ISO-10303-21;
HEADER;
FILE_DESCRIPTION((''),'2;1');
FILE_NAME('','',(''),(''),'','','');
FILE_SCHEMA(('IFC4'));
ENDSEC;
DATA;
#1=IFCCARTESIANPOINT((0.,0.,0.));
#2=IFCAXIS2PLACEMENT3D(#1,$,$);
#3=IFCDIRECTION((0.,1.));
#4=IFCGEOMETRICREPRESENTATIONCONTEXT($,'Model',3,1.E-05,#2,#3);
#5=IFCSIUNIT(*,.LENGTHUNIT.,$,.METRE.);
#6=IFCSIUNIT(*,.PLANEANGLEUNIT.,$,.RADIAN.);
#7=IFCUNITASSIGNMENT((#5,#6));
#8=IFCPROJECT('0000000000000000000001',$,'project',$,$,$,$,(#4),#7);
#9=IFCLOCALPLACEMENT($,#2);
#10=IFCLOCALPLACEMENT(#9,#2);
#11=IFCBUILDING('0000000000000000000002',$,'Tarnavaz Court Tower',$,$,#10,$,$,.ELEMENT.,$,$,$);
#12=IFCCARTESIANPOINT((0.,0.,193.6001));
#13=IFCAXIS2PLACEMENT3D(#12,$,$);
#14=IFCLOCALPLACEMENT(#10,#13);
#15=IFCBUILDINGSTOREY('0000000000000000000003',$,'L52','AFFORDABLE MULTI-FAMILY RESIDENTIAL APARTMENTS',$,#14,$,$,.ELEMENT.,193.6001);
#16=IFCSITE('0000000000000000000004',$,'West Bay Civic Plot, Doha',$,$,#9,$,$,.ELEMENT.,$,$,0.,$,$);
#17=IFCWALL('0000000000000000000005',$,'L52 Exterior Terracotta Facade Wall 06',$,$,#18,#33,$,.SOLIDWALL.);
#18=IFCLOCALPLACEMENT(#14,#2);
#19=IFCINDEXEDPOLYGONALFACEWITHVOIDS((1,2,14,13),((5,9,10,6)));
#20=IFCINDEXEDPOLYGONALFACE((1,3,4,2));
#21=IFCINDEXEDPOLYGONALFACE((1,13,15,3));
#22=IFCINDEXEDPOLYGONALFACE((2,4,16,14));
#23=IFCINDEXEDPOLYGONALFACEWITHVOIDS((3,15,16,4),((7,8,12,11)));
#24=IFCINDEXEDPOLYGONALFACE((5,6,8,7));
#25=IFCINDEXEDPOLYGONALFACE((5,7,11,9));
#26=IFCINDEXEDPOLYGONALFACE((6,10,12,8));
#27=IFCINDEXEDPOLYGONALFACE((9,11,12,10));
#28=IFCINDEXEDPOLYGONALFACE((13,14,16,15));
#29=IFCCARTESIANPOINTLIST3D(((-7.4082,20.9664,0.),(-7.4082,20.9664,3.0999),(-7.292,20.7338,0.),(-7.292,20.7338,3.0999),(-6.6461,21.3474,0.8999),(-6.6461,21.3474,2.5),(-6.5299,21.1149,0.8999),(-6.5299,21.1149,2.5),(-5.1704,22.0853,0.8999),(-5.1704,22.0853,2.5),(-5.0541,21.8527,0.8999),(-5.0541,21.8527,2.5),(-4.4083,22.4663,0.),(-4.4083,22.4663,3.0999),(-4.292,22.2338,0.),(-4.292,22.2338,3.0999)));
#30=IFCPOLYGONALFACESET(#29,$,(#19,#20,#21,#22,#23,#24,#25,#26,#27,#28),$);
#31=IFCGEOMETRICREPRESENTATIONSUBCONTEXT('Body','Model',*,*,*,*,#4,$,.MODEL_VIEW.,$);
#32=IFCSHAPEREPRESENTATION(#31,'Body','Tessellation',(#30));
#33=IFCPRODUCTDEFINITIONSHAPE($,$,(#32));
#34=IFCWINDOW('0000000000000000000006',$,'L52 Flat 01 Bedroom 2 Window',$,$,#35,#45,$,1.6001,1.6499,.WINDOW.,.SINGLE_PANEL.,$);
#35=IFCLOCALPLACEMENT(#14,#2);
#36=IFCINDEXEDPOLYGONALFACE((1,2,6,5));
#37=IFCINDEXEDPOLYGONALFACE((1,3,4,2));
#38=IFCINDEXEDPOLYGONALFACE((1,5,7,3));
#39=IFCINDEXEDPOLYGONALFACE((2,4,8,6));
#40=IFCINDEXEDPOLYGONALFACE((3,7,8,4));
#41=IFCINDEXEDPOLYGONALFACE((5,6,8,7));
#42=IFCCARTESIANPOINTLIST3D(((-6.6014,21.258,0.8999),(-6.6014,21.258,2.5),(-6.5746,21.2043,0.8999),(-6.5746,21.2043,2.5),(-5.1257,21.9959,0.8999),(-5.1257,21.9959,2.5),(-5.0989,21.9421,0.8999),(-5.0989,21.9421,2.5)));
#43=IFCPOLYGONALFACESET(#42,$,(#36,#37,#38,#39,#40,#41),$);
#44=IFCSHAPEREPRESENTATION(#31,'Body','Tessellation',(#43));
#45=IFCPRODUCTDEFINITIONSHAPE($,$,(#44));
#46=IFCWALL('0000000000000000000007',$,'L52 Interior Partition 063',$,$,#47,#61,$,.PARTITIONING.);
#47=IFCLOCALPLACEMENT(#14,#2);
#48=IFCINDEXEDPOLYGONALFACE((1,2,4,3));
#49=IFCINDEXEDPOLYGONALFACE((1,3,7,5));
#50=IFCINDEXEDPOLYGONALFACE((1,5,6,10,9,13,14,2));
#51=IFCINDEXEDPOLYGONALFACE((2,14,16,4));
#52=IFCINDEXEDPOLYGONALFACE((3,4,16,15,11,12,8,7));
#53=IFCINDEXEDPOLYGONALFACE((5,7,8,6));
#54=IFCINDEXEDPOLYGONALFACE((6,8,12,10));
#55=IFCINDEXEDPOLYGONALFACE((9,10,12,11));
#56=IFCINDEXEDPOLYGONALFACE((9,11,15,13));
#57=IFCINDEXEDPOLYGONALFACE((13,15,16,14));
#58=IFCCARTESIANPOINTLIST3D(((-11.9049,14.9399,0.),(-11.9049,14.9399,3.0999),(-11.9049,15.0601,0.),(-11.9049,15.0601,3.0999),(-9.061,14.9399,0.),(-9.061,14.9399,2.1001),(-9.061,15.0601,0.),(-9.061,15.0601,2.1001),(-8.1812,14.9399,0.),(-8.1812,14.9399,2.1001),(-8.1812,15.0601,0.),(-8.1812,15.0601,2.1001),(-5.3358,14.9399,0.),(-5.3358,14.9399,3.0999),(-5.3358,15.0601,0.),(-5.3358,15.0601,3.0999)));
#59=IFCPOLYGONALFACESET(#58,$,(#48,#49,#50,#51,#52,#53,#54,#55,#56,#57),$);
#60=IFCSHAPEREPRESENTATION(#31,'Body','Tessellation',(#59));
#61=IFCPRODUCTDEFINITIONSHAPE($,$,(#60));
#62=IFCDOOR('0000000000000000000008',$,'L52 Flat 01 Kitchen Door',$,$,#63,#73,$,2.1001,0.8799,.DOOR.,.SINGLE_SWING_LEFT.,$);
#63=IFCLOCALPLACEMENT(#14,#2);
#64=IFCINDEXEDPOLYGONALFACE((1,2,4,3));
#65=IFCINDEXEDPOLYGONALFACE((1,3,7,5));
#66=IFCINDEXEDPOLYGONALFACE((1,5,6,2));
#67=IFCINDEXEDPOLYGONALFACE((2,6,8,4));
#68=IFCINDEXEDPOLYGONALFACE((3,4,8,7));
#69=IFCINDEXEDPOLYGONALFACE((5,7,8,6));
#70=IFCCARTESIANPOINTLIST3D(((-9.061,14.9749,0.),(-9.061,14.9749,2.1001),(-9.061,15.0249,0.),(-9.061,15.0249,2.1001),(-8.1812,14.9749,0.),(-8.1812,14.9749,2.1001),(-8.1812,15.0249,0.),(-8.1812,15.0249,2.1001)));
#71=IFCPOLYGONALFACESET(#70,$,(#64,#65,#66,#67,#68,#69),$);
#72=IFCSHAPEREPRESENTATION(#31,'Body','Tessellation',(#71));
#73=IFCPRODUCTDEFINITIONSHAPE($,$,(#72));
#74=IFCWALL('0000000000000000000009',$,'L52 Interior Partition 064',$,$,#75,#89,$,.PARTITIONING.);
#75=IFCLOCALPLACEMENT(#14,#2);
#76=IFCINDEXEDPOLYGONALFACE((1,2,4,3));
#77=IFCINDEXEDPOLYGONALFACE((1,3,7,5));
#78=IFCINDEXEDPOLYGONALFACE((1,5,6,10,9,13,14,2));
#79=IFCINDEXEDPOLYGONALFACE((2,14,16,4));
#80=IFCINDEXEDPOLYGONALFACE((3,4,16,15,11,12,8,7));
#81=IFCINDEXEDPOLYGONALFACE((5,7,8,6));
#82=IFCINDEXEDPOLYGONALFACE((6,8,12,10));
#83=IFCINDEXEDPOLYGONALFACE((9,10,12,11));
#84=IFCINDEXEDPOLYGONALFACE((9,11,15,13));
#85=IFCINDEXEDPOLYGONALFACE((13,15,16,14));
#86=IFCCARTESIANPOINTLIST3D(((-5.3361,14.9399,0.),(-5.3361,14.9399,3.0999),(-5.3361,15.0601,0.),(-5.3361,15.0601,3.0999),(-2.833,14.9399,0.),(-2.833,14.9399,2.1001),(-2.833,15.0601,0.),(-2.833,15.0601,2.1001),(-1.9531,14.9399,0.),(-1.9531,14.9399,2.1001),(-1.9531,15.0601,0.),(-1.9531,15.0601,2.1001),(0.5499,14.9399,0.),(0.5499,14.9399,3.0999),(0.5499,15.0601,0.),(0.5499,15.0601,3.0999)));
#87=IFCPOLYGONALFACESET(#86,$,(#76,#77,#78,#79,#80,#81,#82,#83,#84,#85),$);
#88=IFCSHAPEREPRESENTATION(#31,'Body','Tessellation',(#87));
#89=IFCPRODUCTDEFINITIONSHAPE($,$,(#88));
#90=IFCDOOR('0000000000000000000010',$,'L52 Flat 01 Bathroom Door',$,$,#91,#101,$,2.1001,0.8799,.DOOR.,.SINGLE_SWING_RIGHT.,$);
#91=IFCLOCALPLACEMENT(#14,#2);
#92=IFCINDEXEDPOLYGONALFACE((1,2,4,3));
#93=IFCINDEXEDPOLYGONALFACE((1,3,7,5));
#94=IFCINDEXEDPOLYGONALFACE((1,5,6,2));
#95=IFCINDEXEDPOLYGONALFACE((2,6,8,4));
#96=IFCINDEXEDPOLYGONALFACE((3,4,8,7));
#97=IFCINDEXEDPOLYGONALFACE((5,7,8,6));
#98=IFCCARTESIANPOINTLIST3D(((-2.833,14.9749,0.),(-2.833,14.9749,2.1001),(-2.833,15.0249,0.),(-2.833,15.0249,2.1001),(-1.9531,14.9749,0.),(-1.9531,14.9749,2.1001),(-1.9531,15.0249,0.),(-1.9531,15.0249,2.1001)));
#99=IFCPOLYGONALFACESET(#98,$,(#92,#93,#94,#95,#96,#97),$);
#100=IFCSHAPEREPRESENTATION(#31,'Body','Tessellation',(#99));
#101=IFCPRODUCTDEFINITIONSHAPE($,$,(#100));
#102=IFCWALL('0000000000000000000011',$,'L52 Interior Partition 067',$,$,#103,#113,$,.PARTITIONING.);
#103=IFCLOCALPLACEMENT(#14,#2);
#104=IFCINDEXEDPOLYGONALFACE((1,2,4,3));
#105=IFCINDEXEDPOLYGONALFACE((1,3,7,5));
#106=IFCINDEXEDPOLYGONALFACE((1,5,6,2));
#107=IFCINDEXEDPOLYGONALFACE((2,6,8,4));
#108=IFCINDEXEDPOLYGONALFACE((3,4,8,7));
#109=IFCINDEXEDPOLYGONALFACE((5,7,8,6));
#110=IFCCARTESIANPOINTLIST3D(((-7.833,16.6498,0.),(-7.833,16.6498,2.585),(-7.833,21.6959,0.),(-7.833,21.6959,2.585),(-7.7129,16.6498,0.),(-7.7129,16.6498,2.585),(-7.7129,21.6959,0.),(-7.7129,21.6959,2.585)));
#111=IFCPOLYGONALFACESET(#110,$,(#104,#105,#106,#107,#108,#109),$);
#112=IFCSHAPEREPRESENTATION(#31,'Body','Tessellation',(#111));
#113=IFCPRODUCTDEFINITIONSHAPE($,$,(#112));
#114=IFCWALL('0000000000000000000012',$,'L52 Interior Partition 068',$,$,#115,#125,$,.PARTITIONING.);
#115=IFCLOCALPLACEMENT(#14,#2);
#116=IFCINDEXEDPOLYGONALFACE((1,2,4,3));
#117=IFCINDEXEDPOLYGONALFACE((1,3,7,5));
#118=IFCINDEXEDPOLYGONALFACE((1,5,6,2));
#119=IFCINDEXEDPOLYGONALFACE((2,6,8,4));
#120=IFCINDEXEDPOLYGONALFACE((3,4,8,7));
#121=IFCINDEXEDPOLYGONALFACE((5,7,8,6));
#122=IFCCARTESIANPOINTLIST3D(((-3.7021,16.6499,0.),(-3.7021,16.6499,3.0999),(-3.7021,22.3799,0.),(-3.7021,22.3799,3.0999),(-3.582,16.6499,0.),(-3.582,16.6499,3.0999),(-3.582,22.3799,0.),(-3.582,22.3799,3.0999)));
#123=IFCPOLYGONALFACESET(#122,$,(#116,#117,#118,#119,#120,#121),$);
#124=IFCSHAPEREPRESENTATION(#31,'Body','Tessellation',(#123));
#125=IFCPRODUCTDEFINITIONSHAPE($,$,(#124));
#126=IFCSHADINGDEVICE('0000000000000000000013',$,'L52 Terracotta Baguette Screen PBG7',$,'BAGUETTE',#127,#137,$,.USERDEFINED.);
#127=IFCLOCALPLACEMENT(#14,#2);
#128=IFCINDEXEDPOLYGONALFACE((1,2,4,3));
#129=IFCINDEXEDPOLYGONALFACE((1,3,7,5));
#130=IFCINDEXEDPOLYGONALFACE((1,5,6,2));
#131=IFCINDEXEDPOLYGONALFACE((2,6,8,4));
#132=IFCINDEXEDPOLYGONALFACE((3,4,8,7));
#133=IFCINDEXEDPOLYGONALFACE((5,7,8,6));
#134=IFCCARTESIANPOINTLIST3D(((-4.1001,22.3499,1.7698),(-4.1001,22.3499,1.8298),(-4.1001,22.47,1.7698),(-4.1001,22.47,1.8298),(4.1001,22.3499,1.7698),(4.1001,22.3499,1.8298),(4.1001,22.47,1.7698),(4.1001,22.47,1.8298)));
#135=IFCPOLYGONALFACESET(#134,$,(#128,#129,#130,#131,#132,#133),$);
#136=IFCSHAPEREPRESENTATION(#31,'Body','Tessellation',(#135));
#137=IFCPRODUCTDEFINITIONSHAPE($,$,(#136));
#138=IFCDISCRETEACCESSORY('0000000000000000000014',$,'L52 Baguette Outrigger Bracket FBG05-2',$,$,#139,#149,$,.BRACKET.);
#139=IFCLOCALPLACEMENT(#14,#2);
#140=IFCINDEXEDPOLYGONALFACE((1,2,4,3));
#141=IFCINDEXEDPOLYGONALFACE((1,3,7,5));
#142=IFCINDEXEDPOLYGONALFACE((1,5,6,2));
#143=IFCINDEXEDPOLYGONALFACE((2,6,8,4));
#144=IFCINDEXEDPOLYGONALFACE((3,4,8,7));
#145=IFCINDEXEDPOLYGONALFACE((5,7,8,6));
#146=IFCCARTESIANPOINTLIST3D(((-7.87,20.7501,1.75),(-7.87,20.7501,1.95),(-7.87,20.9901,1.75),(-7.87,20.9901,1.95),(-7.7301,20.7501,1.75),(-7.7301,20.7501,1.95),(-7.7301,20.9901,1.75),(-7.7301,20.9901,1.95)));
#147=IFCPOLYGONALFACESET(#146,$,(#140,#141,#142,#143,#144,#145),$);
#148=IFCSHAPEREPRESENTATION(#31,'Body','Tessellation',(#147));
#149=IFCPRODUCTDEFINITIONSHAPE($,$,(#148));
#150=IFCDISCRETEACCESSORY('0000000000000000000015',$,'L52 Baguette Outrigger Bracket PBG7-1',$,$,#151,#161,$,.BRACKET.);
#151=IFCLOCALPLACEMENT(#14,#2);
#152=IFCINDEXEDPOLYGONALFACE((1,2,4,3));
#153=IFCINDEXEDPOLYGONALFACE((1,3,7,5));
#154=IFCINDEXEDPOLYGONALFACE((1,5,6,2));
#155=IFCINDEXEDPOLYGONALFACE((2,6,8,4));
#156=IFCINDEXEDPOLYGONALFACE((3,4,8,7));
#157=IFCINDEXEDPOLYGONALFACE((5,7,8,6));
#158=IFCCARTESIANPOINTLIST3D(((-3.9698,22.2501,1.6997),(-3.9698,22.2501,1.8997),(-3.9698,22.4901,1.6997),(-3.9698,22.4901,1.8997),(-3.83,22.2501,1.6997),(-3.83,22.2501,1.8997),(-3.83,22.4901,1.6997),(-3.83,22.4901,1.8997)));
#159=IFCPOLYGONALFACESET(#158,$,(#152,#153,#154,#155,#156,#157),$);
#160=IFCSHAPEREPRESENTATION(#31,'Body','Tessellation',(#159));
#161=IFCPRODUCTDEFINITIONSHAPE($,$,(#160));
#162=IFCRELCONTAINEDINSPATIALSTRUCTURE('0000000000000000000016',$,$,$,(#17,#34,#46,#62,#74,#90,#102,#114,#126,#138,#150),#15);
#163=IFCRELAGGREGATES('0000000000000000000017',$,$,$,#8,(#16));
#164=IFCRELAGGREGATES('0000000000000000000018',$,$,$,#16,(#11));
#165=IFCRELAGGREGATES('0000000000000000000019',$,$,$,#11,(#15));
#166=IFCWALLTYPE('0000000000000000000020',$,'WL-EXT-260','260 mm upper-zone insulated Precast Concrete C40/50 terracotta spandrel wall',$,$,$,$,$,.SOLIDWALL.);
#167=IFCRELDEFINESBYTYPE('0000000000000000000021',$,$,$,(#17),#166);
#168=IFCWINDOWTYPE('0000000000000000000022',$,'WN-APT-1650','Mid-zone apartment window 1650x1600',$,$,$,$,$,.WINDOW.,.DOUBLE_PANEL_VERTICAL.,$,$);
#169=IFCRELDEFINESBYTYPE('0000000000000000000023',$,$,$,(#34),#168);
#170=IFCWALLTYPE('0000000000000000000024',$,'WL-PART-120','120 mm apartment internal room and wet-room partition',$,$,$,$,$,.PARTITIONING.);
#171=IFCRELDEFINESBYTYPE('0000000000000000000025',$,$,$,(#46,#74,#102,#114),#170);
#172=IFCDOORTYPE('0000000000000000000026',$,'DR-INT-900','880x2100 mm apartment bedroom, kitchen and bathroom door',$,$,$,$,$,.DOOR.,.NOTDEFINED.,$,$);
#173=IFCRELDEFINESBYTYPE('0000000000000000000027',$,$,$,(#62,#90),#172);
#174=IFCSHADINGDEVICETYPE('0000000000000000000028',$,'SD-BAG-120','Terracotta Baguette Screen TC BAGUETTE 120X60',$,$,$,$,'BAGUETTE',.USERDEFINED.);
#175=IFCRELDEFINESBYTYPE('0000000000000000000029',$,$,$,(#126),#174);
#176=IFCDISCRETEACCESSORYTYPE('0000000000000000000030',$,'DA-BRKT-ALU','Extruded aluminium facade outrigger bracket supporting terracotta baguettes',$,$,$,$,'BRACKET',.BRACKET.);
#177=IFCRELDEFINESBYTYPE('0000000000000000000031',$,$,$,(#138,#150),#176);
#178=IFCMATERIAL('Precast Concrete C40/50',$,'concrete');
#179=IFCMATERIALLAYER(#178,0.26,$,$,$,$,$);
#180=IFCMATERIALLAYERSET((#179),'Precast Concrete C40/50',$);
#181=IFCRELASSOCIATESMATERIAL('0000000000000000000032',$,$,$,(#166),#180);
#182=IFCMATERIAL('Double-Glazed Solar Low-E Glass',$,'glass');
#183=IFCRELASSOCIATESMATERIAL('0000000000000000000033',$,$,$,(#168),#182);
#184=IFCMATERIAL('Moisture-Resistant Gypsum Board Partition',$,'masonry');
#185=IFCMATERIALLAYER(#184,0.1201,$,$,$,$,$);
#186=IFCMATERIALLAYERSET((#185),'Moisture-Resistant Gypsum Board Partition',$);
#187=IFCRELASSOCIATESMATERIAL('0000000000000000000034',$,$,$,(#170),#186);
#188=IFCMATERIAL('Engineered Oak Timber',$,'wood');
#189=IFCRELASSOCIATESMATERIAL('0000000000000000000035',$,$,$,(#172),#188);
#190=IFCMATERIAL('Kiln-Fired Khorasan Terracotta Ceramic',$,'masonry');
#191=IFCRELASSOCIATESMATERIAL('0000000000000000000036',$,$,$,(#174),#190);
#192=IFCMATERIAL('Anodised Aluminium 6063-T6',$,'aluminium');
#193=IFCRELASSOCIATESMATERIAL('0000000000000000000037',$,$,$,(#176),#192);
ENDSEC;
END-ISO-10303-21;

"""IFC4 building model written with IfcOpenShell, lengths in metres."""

from ifc_helpers import new_model, si_unit, direction, frame, frame_2d, origin, origin_2d, place, context, subcontext, project, spatial, rectangle, extrude, material, layer, layer_set, material_profile, profile_set, type_object, element, fill, save


model = new_model("IFC4")

# Units and contexts
model_context = context("Model", 3, precision=1e-05, world=origin(), true_north=direction((0.0, 1.0)))
body_context = subcontext(model_context, "Body", "Model", "MODEL_VIEW")
ifc_project = project(units=[si_unit("LENGTHUNIT", "METRE"), si_unit("PLANEANGLEUNIT", "RADIAN")], contexts=[model_context])

# Site, building, storey
site_placement = place(None, origin())
site = spatial("IfcSite", under=ifc_project, at=site_placement, Name="West Bay Civic Plot, Doha", CompositionType="ELEMENT", RefElevation=0.0)
building_placement = place(site_placement, origin())
building = spatial("IfcBuilding", under=site, at=building_placement, Name="Tarnavaz Court Tower", CompositionType="ELEMENT")
storey_placement = place(building_placement, frame((0.0, 0.0, 193.6001)))
storey = spatial("IfcBuildingStorey", under=building, at=storey_placement, Name="L52", Description="AFFORDABLE MULTI-FAMILY RESIDENTIAL APARTMENTS", CompositionType="ELEMENT", Elevation=193.6001)

# Shared definitions
ifc_material_1 = material(Name="Anodised Aluminium 6063-T6", Category="aluminium")
ifc_material_2 = material(Name="Double-Glazed Solar Low-E Glass", Category="glass")

# Wall, opening, window
ifc_material_3 = material(Name="Precast Concrete C40/50", Category="concrete")
ifc_layer_1 = layer(ifc_material_3, 0.26)
ifc_layer_set_1 = layer_set([ifc_layer_1], Name="Precast Concrete C40/50")
wall_type_1 = type_object("IfcWallType", Name="WL-EXT-260", Description="260 mm upper-zone insulated Precast Concrete C40/50 terracotta spandrel wall", PredefinedType="SOLIDWALL", material=ifc_layer_set_1)
wall_1_placement = place(storey_placement, frame((-7.3501, 20.8501, 0.0), z_axis=(0.0, 0.0, 1.0), x_axis=(0.894427, 0.447214, 0.0)))
wall_1 = element("IfcWall", 1, at=wall_1_placement, inside=storey, type_object=wall_type_1, Name="L52 Exterior Terracotta Facade Wall 06", PredefinedType="SOLIDWALL", context=body_context, shape_type="SweptSolid", body=[
    extrude(rectangle(XDim=3.354, YDim=0.26, at=frame_2d((1.677, 0.0))), origin(), (0.0, 0.0, 1.0), 3.0999),
])
opening_1_placement = place(wall_1_placement, frame((0.8521, 0.0, 0.8999)))
opening_1 = element("IfcOpeningElement", 2, at=opening_1_placement, cuts=wall_1, PredefinedType="OPENING", context=body_context, shape_type="SweptSolid", body=[
    extrude(rectangle(XDim=1.6499, YDim=1.6001, at=frame_2d((0.825, 0.8))), frame((0.0, 0.1399, 0.0), z_axis=(0.0, -1.0, 0.0), x_axis=(1.0, 0.0, 0.0)), (0.0, 0.0, 1.0), 0.28),
])
window_type = type_object("IfcWindowType", Name="WN-APT-1650", Description="Mid-zone apartment window 1650x1600", PartitioningType="DOUBLE_PANEL_VERTICAL", PredefinedType="WINDOW", material=ifc_material_2)
window_placement = place(opening_1_placement, origin())
window = element("IfcWindow", 3, at=window_placement, inside=storey, type_object=window_type, Name="L52 Flat 01 Bedroom 2 Window", OverallHeight=1.6001, OverallWidth=1.6499, PartitioningType="SINGLE_PANEL", PredefinedType="WINDOW", context=body_context, shape_type="SweptSolid", body=[
    extrude(rectangle(XDim=1.6499, YDim=1.6001, at=frame_2d((0.825, 0.8))), frame((0.0, 0.03, 0.0), z_axis=(0.0, -1.0, 0.0), x_axis=(1.0, 0.0, 0.0)), (0.0, 0.0, 1.0), 0.0601),
])
fill(opening_1, window)

# Walls, openings, doors
ifc_material_4 = material(Name="Moisture-Resistant Gypsum Board Partition", Category="masonry")
ifc_layer_2 = layer(ifc_material_4, 0.1201)
ifc_layer_set_2 = layer_set([ifc_layer_2], Name="Moisture-Resistant Gypsum Board Partition")
wall_type_2 = type_object("IfcWallType", Name="WL-PART-120", Description="120 mm apartment internal room and wet-room partition", PredefinedType="PARTITIONING", material=ifc_layer_set_2)
wall_2_placement = place(storey_placement, frame((-11.905, 15.0, 0.0), z_axis=(0.0, 0.0, 1.0), x_axis=(1.0, 0.0, 0.0)))
wall_2 = element("IfcWall", 4, at=wall_2_placement, inside=storey, type_object=wall_type_2, Name="L52 Interior Partition 063", PredefinedType="PARTITIONING", context=body_context, shape_type="SweptSolid", body=[
    extrude(rectangle(XDim=6.5691, YDim=0.1201, at=frame_2d((3.2847, 0.0))), origin(), (0.0, 0.0, 1.0), 3.0999),
])
opening_2_placement = place(wall_2_placement, frame((2.844, 0.0, 0.0)))
opening_2 = element("IfcOpeningElement", 5, at=opening_2_placement, cuts=wall_2, PredefinedType="OPENING", context=body_context, shape_type="SweptSolid", body=[
    extrude(rectangle(XDim=0.8799, YDim=2.1001, at=frame_2d((0.4399, 1.05))), frame((0.0, 0.0701, 0.0), z_axis=(0.0, -1.0, 0.0), x_axis=(1.0, 0.0, 0.0)), (0.0, 0.0, 1.0), 0.1401),
])
ifc_material_5 = material(Name="Engineered Oak Timber", Category="wood")
door_type = type_object("IfcDoorType", Name="DR-INT-900", Description="880x2100 mm apartment bedroom, kitchen and bathroom door", OperationType="NOTDEFINED", PredefinedType="DOOR", material=ifc_material_5)
door_1_placement = place(opening_2_placement, origin())
door_1 = element("IfcDoor", 6, at=door_1_placement, inside=storey, type_object=door_type, Name="L52 Flat 01 Kitchen Door", OperationType="SINGLE_SWING_LEFT", OverallHeight=2.1001, OverallWidth=0.8799, PredefinedType="DOOR", context=body_context, shape_type="SweptSolid", body=[
    extrude(rectangle(XDim=0.8799, YDim=2.1001, at=frame_2d((0.4399, 1.05))), frame((0.0, 0.0249, 0.0), z_axis=(0.0, -1.0, 0.0), x_axis=(1.0, 0.0, 0.0)), (0.0, 0.0, 1.0), 0.05),
])
fill(opening_2, door_1)
wall_3_placement = place(storey_placement, frame((-5.3359, 15.0, 0.0), z_axis=(0.0, 0.0, 1.0), x_axis=(1.0, 0.0, 0.0)))
wall_3 = element("IfcWall", 7, at=wall_3_placement, inside=storey, type_object=wall_type_2, Name="L52 Interior Partition 064", PredefinedType="PARTITIONING", context=body_context, shape_type="SweptSolid", body=[
    extrude(rectangle(XDim=5.886, YDim=0.1201, at=frame_2d((2.9429, 0.0))), origin(), (0.0, 0.0, 1.0), 3.0999),
])
opening_3_placement = place(wall_3_placement, frame((2.5029, 0.0, 0.0)))
opening_3 = element("IfcOpeningElement", 8, at=opening_3_placement, cuts=wall_3, PredefinedType="OPENING", context=body_context, shape_type="SweptSolid", body=[
    extrude(rectangle(XDim=0.8799, YDim=2.1001, at=frame_2d((0.4399, 1.05))), frame((0.0, 0.0701, 0.0), z_axis=(0.0, -1.0, 0.0), x_axis=(1.0, 0.0, 0.0)), (0.0, 0.0, 1.0), 0.1401),
])
door_2_placement = place(opening_3_placement, origin())
door_2 = element("IfcDoor", 9, at=door_2_placement, inside=storey, type_object=door_type, Name="L52 Flat 01 Bathroom Door", OperationType="SINGLE_SWING_RIGHT", OverallHeight=2.1001, OverallWidth=0.8799, PredefinedType="DOOR", context=body_context, shape_type="SweptSolid", body=[
    extrude(rectangle(XDim=0.8799, YDim=2.1001, at=frame_2d((0.4399, 1.05))), frame((0.0, 0.0249, 0.0), z_axis=(0.0, -1.0, 0.0), x_axis=(1.0, 0.0, 0.0)), (0.0, 0.0, 1.0), 0.05),
])
fill(opening_3, door_2)

# Walls
wall_4_placement = place(storey_placement, frame((-7.7729, 16.6499, 0.0), z_axis=(0.0, 0.0, 1.0), x_axis=(0.0, 1.0, 0.0)))
element("IfcWall", 10, at=wall_4_placement, inside=storey, type_object=wall_type_2, Name="L52 Interior Partition 067", PredefinedType="PARTITIONING", context=body_context, shape_type="SweptSolid", body=[
    extrude(rectangle(XDim=5.0461, YDim=0.1201, at=frame_2d((2.5229, 0.0))), origin(), (0.0, 0.0, 1.0), 2.585),
])
wall_5_placement = place(storey_placement, frame((-3.6421, 16.6499, 0.0), z_axis=(0.0, 0.0, 1.0), x_axis=(0.0, 1.0, 0.0)))
element("IfcWall", 11, at=wall_5_placement, inside=storey, type_object=wall_type_2, Name="L52 Interior Partition 068", PredefinedType="PARTITIONING", context=body_context, shape_type="SweptSolid", body=[
    extrude(rectangle(XDim=5.73, YDim=0.1201, at=frame_2d((2.865, 0.0))), origin(), (0.0, 0.0, 1.0), 3.0999),
])

# Shading device
ifc_material_6 = material(Name="Kiln-Fired Khorasan Terracotta Ceramic", Category="masonry")
ifc_material_profile_1 = material_profile(ifc_material_6, rectangle(XDim=0.1201, YDim=0.0601, at=origin_2d()), Name="TC BAGUETTE 120X60")
ifc_profile_set_1 = profile_set([ifc_material_profile_1], Name="Kiln-Fired Khorasan Terracotta Ceramic")
shading_device_type = type_object("IfcShadingDeviceType", Name="SD-BAG-120", Description="Terracotta Baguette Screen TC BAGUETTE 120X60", ElementType="BAGUETTE", PredefinedType="USERDEFINED", material=ifc_profile_set_1)
shading_device_placement = place(storey_placement, frame((-4.1001, 22.4099, 1.7998), z_axis=(1.0, 0.0, 0.0), x_axis=(0.0, 1.0, 0.0)))
element("IfcShadingDevice", 12, at=shading_device_placement, inside=storey, type_object=shading_device_type, Name="L52 Terracotta Baguette Screen PBG7", ObjectType="BAGUETTE", PredefinedType="USERDEFINED", context=body_context, shape_type="SweptSolid", body=[
    extrude(rectangle(XDim=0.1201, YDim=0.0601, at=origin_2d()), origin(), (0.0, 0.0, 1.0), 8.2002),
])

# Discrete accessories
discrete_accessory_type = type_object("IfcDiscreteAccessoryType", Name="DA-BRKT-ALU", Description="Extruded aluminium facade outrigger bracket supporting terracotta baguettes", ElementType="BRACKET", PredefinedType="BRACKET", material=ifc_material_1)
for number, where, z_axis, x_axis, name in (
    (13, (-7.8, 20.8701, 1.75), (0.0, 0.0, 1.0), (1.0, 0.0, 0.0), "L52 Baguette Outrigger Bracket FBG05-2"),
    (14, (-3.8999, 22.3701, 1.6997), (0.0, 0.0, 1.0), (1.0, 0.0, 0.0), "L52 Baguette Outrigger Bracket PBG7-1"),
):
    element("IfcDiscreteAccessory", number, at=place(storey_placement, frame(where, z_axis=z_axis, x_axis=x_axis)), inside=storey, type_object=discrete_accessory_type, Name=name, PredefinedType="BRACKET", context=body_context, shape_type="SweptSolid", body=[
        extrude(rectangle(XDim=0.1399, YDim=0.24, at=origin_2d()), origin(), (0.0, 0.0, 1.0), 0.2),
    ])

save(model, "model.ifc")
